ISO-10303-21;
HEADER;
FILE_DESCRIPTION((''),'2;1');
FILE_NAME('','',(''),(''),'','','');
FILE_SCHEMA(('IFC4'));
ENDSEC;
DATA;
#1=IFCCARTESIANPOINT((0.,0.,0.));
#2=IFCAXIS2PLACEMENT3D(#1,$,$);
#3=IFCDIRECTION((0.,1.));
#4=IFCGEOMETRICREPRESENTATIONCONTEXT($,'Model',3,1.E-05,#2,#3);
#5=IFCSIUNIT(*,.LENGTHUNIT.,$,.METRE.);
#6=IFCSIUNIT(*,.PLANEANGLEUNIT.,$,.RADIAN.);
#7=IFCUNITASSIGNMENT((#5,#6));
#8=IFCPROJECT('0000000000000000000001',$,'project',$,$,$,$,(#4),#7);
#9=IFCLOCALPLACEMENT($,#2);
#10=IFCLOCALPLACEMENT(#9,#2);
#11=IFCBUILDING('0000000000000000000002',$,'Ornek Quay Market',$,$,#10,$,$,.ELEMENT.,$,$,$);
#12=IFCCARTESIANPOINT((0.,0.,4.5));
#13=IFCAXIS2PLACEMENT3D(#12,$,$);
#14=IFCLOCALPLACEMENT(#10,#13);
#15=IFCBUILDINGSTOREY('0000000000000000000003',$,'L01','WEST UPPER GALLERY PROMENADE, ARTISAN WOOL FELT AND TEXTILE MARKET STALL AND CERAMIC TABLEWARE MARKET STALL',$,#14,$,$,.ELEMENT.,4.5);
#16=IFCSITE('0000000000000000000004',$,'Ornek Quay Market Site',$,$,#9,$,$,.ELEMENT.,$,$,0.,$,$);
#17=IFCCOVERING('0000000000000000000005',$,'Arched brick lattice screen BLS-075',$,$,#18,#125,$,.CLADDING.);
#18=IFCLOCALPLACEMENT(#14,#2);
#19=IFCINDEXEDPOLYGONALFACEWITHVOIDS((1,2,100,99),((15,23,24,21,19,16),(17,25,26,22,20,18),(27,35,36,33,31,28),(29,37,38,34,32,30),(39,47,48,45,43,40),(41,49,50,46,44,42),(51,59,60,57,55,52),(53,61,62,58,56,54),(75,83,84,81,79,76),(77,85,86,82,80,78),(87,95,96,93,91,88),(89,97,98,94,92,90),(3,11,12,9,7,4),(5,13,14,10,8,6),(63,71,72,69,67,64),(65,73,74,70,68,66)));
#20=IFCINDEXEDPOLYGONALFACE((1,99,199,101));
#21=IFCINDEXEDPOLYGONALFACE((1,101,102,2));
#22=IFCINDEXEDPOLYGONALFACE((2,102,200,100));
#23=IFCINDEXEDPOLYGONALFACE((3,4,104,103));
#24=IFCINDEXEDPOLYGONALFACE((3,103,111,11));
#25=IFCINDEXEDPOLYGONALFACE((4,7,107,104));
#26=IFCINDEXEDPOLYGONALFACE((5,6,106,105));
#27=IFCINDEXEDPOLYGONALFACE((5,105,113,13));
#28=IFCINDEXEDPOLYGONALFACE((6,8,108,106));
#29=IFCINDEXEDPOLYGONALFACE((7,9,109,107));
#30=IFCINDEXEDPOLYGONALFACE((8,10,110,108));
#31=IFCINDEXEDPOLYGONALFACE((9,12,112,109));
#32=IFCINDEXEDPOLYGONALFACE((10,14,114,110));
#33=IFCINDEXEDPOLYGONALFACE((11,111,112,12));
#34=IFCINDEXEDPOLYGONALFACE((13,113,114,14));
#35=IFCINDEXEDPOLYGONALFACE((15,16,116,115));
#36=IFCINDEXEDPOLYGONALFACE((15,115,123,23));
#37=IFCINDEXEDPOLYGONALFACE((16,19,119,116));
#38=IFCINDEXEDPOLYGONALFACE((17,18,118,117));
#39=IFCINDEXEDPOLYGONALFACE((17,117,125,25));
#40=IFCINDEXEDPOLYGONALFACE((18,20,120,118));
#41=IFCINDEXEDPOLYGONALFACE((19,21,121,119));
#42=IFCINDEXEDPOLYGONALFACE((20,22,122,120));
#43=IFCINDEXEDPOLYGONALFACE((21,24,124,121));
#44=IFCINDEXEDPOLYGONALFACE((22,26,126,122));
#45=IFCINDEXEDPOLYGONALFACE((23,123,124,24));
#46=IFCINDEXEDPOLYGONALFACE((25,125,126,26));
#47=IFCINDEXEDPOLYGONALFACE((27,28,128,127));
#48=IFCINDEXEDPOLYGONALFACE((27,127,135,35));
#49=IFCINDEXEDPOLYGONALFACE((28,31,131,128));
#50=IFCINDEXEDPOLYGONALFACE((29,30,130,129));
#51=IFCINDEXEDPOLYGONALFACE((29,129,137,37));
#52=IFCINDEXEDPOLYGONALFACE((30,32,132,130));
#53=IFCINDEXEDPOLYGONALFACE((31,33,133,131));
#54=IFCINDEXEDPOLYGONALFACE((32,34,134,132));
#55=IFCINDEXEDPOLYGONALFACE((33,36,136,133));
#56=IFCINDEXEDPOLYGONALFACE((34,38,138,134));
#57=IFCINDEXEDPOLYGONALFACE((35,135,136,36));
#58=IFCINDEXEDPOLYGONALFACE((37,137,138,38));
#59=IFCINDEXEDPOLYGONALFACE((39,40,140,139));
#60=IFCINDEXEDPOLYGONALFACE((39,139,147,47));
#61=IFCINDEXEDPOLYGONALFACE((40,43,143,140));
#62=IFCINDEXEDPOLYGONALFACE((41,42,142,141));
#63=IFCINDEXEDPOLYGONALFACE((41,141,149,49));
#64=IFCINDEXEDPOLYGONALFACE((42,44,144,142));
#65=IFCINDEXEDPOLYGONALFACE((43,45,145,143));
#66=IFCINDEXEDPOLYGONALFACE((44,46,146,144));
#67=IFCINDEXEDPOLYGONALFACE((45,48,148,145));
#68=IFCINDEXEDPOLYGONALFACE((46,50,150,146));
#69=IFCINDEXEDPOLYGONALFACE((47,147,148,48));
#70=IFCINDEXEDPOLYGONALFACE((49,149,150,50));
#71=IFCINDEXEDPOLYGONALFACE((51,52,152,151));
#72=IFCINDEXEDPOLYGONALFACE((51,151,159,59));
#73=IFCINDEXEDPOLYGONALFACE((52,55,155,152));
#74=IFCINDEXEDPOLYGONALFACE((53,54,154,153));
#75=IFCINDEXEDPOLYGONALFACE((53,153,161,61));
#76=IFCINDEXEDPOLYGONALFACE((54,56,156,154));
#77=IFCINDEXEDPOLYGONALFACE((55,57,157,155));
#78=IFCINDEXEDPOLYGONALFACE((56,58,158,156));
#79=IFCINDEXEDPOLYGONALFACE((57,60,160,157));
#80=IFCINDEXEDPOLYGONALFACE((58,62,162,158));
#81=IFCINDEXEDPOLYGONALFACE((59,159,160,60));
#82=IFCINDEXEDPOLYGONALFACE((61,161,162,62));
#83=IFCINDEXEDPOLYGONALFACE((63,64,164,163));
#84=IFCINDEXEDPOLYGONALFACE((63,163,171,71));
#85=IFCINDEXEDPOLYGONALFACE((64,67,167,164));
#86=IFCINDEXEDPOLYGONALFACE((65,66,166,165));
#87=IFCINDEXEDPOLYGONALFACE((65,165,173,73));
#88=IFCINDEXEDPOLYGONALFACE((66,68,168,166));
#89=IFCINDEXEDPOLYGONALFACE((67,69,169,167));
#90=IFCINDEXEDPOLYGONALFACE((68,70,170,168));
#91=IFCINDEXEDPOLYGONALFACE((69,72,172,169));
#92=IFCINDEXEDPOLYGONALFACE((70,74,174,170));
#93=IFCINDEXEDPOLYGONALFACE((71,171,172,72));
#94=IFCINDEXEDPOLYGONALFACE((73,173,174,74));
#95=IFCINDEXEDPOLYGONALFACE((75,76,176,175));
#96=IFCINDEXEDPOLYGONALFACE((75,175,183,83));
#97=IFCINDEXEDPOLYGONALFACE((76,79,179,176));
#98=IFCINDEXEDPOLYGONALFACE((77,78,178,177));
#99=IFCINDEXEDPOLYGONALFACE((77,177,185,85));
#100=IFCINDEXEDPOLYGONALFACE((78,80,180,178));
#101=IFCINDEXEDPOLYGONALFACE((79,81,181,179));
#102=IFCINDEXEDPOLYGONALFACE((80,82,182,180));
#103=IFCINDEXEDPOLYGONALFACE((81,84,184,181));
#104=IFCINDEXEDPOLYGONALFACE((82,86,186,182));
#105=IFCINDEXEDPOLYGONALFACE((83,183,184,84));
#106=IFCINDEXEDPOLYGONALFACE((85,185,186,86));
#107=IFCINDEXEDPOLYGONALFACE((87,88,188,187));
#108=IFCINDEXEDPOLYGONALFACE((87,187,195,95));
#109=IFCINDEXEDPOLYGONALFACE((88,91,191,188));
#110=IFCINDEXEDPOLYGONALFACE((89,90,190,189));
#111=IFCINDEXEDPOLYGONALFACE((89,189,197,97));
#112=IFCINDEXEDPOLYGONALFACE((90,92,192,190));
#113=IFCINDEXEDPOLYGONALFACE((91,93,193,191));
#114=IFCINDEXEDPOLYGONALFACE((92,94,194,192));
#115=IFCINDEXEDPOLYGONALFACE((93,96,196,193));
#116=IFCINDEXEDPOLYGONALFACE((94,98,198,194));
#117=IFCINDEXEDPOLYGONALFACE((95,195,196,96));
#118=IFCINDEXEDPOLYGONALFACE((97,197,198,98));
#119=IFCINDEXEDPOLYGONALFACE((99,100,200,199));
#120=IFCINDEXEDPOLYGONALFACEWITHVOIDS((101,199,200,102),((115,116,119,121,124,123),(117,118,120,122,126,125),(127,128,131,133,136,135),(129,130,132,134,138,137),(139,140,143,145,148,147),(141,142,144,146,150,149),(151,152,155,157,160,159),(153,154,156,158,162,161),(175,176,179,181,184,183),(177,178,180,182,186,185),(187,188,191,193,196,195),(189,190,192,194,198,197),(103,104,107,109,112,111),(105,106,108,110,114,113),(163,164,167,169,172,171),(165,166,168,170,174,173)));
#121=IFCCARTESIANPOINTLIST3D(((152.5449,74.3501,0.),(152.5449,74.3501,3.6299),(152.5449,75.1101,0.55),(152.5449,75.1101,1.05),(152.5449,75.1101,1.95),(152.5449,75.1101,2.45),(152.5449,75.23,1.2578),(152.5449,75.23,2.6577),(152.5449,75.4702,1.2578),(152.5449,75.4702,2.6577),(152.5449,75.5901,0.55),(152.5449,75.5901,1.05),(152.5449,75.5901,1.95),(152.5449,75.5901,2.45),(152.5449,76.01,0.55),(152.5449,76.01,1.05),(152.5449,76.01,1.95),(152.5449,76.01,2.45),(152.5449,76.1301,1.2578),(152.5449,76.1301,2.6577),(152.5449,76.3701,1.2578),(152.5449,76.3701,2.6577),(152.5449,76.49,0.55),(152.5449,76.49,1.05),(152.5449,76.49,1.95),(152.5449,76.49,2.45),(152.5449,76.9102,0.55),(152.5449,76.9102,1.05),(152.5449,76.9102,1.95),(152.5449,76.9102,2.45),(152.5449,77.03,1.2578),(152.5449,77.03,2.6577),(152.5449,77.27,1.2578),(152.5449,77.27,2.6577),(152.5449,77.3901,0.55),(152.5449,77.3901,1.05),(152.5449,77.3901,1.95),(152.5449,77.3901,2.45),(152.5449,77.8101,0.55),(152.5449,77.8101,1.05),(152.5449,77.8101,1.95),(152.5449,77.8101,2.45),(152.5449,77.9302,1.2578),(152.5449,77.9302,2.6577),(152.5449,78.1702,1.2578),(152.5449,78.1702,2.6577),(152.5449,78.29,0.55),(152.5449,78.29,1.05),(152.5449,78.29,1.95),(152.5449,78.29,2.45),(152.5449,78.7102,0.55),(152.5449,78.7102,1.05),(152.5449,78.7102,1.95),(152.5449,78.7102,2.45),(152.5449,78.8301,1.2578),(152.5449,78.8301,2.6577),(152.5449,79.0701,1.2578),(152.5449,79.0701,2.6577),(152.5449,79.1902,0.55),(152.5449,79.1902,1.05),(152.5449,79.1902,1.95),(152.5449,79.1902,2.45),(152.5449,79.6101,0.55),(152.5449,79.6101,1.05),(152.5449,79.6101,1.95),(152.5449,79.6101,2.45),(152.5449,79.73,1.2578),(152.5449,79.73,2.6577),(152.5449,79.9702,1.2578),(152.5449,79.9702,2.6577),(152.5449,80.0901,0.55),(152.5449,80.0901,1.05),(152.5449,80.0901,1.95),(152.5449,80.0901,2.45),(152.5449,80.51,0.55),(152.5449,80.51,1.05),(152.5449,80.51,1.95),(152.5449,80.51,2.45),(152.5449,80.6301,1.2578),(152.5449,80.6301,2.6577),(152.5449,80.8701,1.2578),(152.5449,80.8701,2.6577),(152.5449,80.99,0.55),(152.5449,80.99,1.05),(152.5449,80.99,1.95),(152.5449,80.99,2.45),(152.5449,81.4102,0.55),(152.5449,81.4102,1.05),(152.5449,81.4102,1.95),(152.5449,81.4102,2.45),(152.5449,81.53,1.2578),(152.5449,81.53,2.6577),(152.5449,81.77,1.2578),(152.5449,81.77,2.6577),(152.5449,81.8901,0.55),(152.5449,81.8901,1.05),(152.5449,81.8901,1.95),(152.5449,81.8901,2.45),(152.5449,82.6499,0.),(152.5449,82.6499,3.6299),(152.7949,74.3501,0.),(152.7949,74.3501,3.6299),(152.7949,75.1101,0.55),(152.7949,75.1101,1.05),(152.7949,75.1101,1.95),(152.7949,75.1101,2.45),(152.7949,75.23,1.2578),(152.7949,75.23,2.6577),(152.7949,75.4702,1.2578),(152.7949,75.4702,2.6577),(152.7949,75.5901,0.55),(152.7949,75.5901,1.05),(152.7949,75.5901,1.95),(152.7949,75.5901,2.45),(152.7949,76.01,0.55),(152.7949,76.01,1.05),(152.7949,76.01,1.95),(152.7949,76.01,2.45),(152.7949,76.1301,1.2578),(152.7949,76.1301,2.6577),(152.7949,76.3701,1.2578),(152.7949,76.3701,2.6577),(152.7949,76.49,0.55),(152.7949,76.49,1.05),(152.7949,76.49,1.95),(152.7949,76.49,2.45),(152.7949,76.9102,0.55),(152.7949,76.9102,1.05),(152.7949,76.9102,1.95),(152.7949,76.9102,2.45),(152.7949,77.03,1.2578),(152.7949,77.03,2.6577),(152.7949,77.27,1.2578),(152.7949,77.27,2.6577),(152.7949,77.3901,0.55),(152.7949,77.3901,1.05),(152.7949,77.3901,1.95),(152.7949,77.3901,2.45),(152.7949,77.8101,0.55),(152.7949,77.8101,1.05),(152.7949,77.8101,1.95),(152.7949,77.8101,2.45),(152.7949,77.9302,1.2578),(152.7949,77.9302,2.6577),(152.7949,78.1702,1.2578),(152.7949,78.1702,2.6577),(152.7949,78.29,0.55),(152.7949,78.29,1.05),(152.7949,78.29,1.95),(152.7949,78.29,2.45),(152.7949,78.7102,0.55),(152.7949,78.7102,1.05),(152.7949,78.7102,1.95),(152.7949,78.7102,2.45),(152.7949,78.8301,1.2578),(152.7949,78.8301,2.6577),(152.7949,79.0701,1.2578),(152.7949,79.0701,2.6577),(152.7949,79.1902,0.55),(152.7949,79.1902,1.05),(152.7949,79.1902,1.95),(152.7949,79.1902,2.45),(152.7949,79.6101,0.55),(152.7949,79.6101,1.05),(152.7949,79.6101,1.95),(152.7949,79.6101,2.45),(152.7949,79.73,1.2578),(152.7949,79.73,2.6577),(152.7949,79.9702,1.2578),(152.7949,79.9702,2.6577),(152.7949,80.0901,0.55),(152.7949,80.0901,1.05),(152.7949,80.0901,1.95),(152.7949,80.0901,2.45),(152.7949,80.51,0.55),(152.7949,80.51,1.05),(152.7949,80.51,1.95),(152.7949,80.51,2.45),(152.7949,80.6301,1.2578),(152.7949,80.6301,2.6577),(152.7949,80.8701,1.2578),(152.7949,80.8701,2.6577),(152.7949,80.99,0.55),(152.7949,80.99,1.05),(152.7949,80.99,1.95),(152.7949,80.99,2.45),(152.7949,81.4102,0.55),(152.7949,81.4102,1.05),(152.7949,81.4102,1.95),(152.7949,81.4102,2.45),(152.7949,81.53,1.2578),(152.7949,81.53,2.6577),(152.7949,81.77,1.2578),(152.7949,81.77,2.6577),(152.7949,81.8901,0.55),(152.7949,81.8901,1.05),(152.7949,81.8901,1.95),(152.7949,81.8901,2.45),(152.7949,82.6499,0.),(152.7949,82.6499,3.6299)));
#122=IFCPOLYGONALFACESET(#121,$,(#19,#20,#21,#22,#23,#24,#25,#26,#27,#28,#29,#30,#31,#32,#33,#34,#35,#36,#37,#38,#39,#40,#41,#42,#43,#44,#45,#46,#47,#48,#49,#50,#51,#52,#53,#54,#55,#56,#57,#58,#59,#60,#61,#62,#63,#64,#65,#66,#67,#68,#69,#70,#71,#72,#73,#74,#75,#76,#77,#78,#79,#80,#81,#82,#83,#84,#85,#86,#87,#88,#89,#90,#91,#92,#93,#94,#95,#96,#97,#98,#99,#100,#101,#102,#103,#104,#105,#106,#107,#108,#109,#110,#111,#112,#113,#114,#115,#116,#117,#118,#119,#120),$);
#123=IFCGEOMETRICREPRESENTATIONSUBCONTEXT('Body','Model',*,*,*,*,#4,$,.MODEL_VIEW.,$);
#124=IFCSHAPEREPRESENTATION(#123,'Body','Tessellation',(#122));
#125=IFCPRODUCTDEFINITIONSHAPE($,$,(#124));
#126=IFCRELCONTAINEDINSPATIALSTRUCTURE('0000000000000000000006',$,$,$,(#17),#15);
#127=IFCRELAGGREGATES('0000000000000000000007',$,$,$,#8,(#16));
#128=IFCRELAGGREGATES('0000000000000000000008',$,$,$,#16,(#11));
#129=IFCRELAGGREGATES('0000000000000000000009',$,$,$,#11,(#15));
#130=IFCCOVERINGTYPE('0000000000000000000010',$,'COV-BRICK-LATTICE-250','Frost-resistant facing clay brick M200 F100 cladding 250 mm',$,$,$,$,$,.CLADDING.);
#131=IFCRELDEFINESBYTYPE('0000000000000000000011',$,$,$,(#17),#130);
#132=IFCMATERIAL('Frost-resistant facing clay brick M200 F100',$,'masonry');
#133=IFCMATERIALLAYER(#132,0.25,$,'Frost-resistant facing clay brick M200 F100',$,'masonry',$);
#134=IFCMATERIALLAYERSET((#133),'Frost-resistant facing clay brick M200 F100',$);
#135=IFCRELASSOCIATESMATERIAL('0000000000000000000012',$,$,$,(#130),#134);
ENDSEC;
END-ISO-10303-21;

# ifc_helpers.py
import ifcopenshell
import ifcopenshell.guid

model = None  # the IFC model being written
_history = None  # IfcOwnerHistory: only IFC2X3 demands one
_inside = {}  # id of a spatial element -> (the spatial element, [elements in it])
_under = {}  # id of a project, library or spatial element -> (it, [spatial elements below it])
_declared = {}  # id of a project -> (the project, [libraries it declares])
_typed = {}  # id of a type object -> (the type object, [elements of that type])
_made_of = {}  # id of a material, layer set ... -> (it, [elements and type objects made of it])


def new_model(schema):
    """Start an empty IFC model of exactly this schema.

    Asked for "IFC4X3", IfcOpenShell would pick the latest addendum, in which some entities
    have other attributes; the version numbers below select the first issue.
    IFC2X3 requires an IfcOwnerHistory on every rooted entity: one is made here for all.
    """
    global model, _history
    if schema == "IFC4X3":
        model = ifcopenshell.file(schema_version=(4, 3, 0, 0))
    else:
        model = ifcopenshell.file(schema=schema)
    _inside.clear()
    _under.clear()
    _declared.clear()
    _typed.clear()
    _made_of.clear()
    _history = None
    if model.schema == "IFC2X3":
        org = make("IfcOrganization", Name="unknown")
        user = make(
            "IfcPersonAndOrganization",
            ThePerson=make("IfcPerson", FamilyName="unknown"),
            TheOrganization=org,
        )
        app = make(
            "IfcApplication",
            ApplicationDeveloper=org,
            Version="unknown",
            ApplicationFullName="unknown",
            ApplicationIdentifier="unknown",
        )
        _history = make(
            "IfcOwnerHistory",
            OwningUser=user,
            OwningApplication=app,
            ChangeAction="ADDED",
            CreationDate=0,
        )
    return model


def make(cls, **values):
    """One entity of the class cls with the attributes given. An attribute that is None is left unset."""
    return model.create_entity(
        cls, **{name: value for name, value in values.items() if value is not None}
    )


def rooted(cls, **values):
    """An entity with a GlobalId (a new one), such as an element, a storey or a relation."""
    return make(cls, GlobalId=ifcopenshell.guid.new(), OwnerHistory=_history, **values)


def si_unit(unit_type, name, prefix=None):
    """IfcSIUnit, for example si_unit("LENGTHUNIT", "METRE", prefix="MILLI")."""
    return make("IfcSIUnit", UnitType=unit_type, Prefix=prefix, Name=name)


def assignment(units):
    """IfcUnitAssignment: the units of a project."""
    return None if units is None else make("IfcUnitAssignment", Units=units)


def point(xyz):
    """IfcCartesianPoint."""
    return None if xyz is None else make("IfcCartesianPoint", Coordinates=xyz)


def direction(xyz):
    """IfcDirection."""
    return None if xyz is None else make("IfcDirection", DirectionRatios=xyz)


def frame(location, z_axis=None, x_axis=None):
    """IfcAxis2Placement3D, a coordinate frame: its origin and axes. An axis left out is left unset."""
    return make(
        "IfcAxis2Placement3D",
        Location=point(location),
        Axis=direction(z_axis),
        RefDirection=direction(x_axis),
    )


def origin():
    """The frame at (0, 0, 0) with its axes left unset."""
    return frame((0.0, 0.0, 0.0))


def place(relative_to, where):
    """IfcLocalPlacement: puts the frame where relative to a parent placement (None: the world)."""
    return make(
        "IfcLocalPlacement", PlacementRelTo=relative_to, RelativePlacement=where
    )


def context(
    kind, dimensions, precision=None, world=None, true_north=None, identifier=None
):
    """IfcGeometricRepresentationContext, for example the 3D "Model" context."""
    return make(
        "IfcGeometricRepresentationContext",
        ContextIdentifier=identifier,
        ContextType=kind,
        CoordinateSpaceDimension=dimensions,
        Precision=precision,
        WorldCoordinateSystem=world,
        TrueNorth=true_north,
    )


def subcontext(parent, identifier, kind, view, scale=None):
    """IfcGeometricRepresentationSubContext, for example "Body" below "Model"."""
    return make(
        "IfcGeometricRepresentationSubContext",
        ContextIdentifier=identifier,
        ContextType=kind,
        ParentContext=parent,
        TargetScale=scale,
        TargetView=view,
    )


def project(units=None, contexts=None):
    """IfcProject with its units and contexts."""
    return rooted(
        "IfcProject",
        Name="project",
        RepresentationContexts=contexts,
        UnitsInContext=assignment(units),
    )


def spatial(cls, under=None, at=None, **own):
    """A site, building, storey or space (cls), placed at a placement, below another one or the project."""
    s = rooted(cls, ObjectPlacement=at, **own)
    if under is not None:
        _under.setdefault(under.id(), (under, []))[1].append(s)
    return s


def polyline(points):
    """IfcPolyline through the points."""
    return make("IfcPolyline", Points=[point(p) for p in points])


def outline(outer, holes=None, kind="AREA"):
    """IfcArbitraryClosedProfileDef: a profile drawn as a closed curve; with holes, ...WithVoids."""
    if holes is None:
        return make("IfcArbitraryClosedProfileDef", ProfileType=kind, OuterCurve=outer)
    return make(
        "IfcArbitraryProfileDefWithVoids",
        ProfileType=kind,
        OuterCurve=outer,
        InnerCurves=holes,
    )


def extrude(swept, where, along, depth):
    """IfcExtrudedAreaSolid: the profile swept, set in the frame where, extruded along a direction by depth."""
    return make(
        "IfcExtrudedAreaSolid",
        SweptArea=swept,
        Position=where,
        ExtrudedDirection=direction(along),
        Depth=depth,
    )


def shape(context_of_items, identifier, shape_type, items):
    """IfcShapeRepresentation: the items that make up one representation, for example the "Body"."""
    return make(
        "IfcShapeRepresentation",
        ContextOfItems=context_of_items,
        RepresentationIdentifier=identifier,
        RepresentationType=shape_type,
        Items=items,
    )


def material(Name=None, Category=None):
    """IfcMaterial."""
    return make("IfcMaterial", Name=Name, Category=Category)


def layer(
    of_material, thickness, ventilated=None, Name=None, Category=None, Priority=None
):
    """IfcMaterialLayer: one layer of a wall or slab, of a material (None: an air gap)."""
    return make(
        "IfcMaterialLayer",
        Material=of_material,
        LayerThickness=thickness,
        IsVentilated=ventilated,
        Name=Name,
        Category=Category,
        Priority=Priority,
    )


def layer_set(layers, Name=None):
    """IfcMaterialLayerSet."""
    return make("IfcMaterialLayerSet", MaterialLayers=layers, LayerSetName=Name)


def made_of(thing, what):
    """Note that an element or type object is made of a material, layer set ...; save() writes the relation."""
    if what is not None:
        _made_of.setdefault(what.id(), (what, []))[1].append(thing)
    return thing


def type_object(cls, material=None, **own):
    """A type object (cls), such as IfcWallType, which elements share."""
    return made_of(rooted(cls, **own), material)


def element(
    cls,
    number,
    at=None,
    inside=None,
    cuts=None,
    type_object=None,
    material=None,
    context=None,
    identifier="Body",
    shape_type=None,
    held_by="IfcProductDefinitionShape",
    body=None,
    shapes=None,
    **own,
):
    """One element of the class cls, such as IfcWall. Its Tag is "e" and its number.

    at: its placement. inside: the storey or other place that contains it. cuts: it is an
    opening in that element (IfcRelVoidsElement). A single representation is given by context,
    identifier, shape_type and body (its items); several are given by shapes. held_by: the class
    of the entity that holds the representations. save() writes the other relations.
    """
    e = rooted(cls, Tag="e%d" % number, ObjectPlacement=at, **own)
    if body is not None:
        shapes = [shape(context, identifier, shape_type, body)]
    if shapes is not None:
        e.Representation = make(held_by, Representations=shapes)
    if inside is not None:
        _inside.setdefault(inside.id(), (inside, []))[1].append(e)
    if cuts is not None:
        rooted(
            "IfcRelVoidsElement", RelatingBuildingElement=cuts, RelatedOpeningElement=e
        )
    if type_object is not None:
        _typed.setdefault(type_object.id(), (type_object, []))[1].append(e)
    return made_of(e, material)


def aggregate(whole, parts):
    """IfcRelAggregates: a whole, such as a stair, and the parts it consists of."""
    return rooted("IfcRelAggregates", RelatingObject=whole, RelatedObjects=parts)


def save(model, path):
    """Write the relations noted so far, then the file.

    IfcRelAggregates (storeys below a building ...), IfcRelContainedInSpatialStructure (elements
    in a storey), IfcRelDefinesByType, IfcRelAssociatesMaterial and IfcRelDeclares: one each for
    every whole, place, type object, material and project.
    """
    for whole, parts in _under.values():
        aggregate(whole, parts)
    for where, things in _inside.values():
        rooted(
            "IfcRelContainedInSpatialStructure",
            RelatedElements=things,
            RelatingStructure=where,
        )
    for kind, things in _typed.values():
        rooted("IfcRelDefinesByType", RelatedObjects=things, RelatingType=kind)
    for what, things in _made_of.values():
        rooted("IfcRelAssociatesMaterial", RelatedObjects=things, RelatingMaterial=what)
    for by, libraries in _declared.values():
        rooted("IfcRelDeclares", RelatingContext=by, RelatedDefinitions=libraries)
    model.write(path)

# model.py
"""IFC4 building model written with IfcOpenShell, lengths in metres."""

from ifc_helpers import new_model, si_unit, direction, frame, origin, place, context, subcontext, project, spatial, polyline, outline, extrude, material, layer, layer_set, type_object, element, save


model = new_model("IFC4")

# Units and contexts
model_context = context("Model", 3, precision=1e-05, world=origin(), true_north=direction((0.0, 1.0)))
body_context = subcontext(model_context, "Body", "Model", "MODEL_VIEW")
ifc_project = project(units=[si_unit("LENGTHUNIT", "METRE"), si_unit("PLANEANGLEUNIT", "RADIAN")], contexts=[model_context])

# Site, building, storey
site_placement = place(None, origin())
site = spatial("IfcSite", under=ifc_project, at=site_placement, Name="Ornek Quay Market Site", CompositionType="ELEMENT", RefElevation=0.0)
building_placement = place(site_placement, origin())
building = spatial("IfcBuilding", under=site, at=building_placement, Name="Ornek Quay Market", CompositionType="ELEMENT")
storey_placement = place(building_placement, frame((0.0, 0.0, 4.5)))
storey = spatial("IfcBuildingStorey", under=building, at=storey_placement, Name="L01", Description="WEST UPPER GALLERY PROMENADE, ARTISAN WOOL FELT AND TEXTILE MARKET STALL AND CERAMIC TABLEWARE MARKET STALL", CompositionType="ELEMENT", Elevation=4.5)

# Shared definitions
ifc_material_1 = material(Name="Frost-resistant facing clay brick M200 F100", Category="masonry")

# Covering
ifc_layer_1 = layer(ifc_material_1, 0.25, Name="Frost-resistant facing clay brick M200 F100", Category="masonry")
ifc_layer_set_1 = layer_set([ifc_layer_1], Name="Frost-resistant facing clay brick M200 F100")
covering_type = type_object("IfcCoveringType", Name="COV-BRICK-LATTICE-250", Description="Frost-resistant facing clay brick M200 F100 cladding 250 mm", PredefinedType="CLADDING", material=ifc_layer_set_1)
covering_1_placement = place(storey_placement, frame((152.6699, 74.3501, 0.0), z_axis=(0.0, 0.0, 1.0), x_axis=(0.0, 1.0, 0.0)))
element("IfcCovering", 1, at=covering_1_placement, inside=storey, type_object=covering_type, Name="Arched brick lattice screen BLS-075", PredefinedType="CLADDING", context=body_context, shape_type="SweptSolid", body=[
    extrude(outline(polyline([(0.0, 0.0), (8.2998, 0.0), (8.2998, 3.6299), (0.0, 3.6299), (0.0, 0.0)]), holes=[polyline([(0.76, 0.55), (1.24, 0.55), (1.24, 1.05), (1.1201, 1.2578), (0.8799, 1.2578), (0.76, 1.05), (0.76, 0.55)]), polyline([(0.76, 1.95), (1.24, 1.95), (1.24, 2.45), (1.1201, 2.6577), (0.8799, 2.6577), (0.76, 2.45), (0.76, 1.95)]), polyline([(1.6599, 0.55), (2.1399, 0.55), (2.1399, 1.05), (2.02, 1.2578), (1.78, 1.2578), (1.6599, 1.05), (1.6599, 0.55)]), polyline([(1.6599, 1.95), (2.1399, 1.95), (2.1399, 2.45), (2.02, 2.6577), (1.78, 2.6577), (1.6599, 2.45), (1.6599, 1.95)]), polyline([(2.5601, 0.55), (3.04, 0.55), (3.04, 1.05), (2.9199, 1.2578), (2.6799, 1.2578), (2.5601, 1.05), (2.5601, 0.55)]), polyline([(2.5601, 1.95), (3.04, 1.95), (3.04, 2.45), (2.9199, 2.6577), (2.6799, 2.6577), (2.5601, 2.45), (2.5601, 1.95)]), polyline([(3.46, 0.55), (3.9399, 0.55), (3.9399, 1.05), (3.8201, 1.2578), (3.5801, 1.2578), (3.46, 1.05), (3.46, 0.55)]), polyline([(3.46, 1.95), (3.9399, 1.95), (3.9399, 2.45), (3.8201, 2.6577), (3.5801, 2.6577), (3.46, 2.45), (3.46, 1.95)]), polyline([(4.3601, 0.55), (4.8401, 0.55), (4.8401, 1.05), (4.72, 1.2578), (4.48, 1.2578), (4.3601, 1.05), (4.3601, 0.55)]), polyline([(4.3601, 1.95), (4.8401, 1.95), (4.8401, 2.45), (4.72, 2.6577), (4.48, 2.6577), (4.3601, 2.45), (4.3601, 1.95)]), polyline([(5.26, 0.55), (5.74, 0.55), (5.74, 1.05), (5.6201, 1.2578), (5.3799, 1.2578), (5.26, 1.05), (5.26, 0.55)]), polyline([(5.26, 1.95), (5.74, 1.95), (5.74, 2.45), (5.6201, 2.6577), (5.3799, 2.6577), (5.26, 2.45), (5.26, 1.95)]), polyline([(6.1599, 0.55), (6.6399, 0.55), (6.6399, 1.05), (6.52, 1.2578), (6.28, 1.2578), (6.1599, 1.05), (6.1599, 0.55)]), polyline([(6.1599, 1.95), (6.6399, 1.95), (6.6399, 2.45), (6.52, 2.6577), (6.28, 2.6577), (6.1599, 2.45), (6.1599, 1.95)]), polyline([(7.0601, 0.55), (7.54, 0.55), (7.54, 1.05), (7.4199, 1.2578), (7.1799, 1.2578), (7.0601, 1.05), (7.0601, 0.55)]), polyline([(7.0601, 1.95), (7.54, 1.95), (7.54, 2.45), (7.4199, 2.6577), (7.1799, 2.6577), (7.0601, 2.45), (7.0601, 1.95)])]), frame((0.0, 0.125, 0.0), z_axis=(0.0, -1.0, 0.0), x_axis=(1.0, 0.0, 0.0)), (0.0, 0.0, 1.0), 0.25),
])

save(model, "model.ifc")
